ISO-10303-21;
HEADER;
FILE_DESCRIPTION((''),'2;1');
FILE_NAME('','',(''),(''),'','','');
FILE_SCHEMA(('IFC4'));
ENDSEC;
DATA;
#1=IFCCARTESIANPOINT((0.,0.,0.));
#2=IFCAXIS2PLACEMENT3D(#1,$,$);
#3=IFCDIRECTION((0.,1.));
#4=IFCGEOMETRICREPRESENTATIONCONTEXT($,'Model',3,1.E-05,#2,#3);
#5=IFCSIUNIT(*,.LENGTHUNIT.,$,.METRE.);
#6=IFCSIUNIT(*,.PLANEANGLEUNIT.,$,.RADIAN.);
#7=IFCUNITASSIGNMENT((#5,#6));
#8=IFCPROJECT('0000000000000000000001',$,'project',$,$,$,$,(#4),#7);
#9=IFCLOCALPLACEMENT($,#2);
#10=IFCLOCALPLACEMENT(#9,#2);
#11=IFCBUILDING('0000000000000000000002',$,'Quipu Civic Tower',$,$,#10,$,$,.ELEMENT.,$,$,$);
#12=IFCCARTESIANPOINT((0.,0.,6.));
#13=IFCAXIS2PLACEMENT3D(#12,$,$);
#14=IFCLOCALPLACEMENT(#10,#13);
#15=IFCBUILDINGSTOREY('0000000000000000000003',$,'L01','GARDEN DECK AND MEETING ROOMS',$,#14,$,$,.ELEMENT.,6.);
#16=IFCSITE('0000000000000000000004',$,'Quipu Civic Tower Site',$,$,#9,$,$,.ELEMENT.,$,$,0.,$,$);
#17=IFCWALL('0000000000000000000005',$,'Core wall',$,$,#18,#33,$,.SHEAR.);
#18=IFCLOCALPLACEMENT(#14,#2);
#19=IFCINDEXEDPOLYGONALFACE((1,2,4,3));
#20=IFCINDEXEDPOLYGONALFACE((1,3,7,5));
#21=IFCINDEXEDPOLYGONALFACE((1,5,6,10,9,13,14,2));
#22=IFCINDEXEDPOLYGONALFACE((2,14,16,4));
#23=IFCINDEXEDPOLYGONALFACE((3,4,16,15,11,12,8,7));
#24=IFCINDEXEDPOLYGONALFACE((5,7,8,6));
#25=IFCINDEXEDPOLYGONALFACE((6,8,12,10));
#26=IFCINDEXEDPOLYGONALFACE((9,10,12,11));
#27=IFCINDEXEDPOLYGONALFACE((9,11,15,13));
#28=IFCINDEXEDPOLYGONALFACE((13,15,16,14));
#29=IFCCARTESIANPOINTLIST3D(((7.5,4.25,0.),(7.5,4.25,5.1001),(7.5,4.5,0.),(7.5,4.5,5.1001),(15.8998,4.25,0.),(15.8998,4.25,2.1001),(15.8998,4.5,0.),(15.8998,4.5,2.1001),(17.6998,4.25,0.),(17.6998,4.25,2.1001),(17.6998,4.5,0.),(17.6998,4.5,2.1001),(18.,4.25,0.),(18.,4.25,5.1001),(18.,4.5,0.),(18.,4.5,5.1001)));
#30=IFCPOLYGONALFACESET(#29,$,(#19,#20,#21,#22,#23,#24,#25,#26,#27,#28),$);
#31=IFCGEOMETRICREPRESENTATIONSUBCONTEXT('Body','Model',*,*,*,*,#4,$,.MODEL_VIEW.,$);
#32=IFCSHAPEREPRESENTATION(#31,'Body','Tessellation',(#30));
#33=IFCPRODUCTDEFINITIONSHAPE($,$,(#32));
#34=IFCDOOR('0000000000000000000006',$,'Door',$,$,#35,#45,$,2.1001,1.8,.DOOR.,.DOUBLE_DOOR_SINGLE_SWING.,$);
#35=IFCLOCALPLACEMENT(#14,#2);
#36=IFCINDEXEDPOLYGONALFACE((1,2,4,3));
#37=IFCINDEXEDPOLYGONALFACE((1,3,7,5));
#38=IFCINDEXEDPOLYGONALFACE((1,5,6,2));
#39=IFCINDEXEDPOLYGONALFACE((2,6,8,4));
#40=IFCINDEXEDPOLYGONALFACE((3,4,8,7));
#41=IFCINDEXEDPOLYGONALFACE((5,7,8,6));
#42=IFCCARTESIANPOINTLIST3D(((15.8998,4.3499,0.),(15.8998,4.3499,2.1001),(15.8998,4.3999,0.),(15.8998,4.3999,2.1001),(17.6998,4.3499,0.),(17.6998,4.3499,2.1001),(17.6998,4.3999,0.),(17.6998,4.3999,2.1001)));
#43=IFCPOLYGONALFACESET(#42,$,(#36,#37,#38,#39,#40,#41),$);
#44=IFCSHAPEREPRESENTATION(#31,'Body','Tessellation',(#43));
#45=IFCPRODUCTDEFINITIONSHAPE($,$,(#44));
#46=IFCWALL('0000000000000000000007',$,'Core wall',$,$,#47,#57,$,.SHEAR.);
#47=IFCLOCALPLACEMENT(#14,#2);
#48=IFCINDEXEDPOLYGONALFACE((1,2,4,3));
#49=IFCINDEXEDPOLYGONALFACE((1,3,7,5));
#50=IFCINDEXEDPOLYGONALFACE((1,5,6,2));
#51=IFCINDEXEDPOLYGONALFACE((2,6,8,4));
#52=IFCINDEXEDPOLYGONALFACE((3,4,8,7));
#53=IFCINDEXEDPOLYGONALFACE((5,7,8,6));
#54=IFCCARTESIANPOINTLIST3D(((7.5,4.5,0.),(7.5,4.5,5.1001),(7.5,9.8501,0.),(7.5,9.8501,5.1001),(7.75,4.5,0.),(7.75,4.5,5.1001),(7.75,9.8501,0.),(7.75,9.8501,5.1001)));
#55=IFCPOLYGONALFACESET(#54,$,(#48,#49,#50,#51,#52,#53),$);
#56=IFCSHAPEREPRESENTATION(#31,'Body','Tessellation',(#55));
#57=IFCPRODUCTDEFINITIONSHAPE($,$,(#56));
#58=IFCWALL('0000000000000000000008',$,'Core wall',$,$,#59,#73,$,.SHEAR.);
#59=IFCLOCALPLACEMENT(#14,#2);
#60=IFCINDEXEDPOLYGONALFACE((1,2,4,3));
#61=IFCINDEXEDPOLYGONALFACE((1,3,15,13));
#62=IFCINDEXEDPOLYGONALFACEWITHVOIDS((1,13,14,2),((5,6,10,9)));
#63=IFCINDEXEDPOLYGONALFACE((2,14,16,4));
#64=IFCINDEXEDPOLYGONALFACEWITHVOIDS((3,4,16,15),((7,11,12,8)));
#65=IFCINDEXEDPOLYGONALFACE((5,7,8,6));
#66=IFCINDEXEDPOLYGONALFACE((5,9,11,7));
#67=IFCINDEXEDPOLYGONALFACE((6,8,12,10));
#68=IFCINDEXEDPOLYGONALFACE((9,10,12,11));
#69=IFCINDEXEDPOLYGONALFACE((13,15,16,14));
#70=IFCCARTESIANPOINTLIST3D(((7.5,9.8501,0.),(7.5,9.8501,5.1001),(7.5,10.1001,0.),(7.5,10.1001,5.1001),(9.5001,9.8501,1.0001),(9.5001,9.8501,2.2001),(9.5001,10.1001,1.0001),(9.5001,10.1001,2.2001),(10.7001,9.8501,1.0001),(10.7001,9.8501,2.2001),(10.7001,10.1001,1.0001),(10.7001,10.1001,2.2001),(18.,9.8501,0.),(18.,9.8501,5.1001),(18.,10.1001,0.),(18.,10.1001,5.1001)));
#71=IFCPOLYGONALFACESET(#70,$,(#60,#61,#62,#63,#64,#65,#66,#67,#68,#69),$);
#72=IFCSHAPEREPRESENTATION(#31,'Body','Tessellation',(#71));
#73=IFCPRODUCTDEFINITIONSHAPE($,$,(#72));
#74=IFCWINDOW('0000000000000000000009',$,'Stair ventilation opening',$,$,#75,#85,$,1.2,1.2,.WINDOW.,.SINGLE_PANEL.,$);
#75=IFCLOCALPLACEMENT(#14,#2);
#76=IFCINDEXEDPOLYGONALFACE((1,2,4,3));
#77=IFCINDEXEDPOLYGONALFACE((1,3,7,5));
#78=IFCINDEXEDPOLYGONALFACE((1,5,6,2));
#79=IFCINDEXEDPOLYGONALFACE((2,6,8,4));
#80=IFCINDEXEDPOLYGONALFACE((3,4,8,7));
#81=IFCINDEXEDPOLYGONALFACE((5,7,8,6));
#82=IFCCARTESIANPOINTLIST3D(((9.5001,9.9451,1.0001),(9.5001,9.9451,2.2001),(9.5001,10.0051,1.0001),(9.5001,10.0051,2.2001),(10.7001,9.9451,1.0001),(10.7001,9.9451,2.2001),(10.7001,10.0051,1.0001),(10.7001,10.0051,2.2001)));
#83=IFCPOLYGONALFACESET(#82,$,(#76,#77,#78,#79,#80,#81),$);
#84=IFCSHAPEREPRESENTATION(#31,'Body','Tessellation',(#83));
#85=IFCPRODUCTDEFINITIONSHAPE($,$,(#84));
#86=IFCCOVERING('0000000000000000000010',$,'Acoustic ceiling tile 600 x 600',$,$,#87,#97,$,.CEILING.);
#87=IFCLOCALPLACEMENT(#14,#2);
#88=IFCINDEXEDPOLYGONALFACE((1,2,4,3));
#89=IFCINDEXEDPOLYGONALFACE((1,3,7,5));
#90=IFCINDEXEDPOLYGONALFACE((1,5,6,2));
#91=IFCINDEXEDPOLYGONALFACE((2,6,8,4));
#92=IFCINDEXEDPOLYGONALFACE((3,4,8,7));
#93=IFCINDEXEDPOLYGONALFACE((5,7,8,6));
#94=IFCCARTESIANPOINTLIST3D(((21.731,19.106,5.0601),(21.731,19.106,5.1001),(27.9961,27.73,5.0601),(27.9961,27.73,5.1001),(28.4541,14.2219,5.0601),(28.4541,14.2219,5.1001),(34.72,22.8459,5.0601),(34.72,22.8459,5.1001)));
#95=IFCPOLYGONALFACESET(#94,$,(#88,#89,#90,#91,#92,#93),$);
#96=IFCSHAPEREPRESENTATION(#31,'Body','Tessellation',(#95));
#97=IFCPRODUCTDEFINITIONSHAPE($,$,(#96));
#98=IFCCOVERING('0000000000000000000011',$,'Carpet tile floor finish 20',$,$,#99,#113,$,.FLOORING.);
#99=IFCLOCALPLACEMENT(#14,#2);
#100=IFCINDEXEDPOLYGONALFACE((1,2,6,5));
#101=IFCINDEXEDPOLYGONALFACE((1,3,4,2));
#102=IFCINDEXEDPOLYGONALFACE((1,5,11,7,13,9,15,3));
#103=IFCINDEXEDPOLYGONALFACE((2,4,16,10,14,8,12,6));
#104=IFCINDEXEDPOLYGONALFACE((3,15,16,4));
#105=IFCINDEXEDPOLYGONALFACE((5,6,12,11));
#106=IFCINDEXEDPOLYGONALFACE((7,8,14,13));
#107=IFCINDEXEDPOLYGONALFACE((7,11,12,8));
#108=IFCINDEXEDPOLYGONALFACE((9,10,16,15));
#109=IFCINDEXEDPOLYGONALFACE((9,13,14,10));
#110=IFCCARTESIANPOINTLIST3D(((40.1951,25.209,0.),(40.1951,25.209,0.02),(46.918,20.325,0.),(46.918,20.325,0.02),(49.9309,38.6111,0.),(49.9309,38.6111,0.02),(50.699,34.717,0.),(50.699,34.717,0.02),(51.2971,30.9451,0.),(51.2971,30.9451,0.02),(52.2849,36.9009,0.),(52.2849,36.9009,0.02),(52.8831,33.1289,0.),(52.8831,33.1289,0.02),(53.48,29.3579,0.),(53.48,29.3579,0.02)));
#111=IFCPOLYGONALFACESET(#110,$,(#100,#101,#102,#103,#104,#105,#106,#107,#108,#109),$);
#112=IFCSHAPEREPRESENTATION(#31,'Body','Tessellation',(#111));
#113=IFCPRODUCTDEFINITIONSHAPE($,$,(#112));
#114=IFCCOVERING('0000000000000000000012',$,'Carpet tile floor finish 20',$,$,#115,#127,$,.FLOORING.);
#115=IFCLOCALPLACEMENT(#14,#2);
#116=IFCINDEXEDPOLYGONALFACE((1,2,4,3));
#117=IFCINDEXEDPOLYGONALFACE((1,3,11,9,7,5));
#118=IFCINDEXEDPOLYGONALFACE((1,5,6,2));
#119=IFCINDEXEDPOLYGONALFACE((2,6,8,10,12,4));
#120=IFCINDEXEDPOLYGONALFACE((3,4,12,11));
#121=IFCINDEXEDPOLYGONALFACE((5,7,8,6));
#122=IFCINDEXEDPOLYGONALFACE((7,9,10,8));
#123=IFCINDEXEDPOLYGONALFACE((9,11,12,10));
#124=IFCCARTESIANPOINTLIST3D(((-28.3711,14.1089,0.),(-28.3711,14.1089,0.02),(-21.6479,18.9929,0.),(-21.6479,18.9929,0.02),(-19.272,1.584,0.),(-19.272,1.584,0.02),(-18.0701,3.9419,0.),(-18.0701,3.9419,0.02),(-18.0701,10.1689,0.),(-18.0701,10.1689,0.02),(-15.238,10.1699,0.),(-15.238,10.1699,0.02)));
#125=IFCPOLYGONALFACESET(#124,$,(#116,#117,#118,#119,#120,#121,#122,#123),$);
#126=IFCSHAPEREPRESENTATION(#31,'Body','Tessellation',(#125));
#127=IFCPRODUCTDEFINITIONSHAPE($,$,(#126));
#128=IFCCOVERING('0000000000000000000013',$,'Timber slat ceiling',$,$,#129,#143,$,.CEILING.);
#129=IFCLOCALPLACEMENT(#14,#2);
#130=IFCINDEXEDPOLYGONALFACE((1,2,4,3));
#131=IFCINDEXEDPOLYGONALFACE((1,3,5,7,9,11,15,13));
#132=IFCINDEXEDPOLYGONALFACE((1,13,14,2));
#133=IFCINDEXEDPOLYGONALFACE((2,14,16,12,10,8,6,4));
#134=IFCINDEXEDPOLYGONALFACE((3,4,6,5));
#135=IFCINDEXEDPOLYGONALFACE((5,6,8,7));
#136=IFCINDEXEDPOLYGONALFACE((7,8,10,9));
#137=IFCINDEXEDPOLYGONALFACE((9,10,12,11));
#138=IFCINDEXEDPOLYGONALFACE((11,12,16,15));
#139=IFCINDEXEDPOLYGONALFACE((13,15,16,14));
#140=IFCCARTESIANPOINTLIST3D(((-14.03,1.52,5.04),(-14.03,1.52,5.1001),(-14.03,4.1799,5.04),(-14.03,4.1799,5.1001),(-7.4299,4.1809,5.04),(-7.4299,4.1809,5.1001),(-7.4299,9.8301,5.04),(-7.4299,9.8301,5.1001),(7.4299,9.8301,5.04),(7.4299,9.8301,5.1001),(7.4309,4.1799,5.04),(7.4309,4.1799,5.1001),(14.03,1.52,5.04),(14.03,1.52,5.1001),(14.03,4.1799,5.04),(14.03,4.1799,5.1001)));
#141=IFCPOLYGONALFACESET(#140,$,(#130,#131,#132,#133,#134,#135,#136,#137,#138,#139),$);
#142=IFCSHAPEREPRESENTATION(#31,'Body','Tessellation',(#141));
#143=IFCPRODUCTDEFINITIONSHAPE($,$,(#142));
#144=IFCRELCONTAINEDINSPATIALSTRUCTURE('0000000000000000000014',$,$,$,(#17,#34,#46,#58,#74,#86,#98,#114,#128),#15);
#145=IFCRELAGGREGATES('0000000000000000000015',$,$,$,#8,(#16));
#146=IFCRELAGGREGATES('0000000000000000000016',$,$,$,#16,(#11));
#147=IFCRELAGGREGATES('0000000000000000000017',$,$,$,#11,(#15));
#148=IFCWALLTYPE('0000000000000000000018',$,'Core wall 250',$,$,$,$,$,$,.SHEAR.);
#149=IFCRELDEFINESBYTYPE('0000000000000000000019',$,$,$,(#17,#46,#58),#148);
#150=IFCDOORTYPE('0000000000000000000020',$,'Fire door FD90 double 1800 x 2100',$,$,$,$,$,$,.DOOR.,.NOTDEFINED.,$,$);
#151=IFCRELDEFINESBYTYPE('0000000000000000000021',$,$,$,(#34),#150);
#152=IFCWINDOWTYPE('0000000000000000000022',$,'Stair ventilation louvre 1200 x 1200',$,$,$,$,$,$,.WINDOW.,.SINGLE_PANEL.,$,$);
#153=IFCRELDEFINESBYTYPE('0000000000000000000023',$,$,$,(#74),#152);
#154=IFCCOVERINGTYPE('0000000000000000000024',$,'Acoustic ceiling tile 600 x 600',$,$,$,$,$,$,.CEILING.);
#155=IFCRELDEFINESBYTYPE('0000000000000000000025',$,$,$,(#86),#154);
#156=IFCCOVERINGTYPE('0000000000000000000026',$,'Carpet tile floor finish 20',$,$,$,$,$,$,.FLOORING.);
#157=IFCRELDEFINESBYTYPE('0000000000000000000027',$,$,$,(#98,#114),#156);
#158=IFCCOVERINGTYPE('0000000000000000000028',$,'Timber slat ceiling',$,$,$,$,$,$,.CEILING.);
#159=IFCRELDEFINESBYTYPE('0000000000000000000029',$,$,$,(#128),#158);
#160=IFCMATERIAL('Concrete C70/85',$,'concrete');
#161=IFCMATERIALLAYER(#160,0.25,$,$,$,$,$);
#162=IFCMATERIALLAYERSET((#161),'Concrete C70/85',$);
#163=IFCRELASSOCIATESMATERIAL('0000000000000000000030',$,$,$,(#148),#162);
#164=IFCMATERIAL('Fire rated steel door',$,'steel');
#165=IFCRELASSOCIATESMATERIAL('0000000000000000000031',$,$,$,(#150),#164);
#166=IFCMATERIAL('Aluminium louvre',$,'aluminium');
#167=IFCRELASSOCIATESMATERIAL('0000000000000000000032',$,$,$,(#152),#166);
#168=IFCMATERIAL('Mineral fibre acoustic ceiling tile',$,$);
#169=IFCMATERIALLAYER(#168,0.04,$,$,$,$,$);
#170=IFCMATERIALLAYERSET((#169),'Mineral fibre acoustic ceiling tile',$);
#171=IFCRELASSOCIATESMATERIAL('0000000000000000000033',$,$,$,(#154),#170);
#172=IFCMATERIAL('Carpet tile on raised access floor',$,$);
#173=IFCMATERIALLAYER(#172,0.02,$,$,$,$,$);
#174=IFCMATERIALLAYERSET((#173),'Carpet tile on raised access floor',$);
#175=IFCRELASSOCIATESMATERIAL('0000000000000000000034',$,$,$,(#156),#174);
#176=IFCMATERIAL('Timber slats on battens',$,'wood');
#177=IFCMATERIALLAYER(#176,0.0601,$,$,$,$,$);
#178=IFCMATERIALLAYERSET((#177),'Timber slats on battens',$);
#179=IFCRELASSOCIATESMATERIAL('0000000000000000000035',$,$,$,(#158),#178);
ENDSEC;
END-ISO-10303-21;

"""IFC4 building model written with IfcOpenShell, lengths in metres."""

from ifc_helpers import new_model, si_unit, direction, frame, frame_2d, origin, place, context, subcontext, project, spatial, polyline, rectangle, outline, extrude, material, layer, layer_set, type_object, element, fill, save


model = new_model("IFC4")

# Units and contexts
model_context = context("Model", 3, precision=1e-05, world=origin(), true_north=direction((0.0, 1.0)))
body_context = subcontext(model_context, "Body", "Model", "MODEL_VIEW")
ifc_project = project(units=[si_unit("LENGTHUNIT", "METRE"), si_unit("PLANEANGLEUNIT", "RADIAN")], contexts=[model_context])

# Site, building, storey
site_placement = place(None, origin())
site = spatial("IfcSite", under=ifc_project, at=site_placement, Name="Quipu Civic Tower Site", CompositionType="ELEMENT", RefElevation=0.0)
building_placement = place(site_placement, origin())
building = spatial("IfcBuilding", under=site, at=building_placement, Name="Quipu Civic Tower", CompositionType="ELEMENT")
storey_placement = place(building_placement, frame((0.0, 0.0, 6.0)))
storey = spatial("IfcBuildingStorey", under=building, at=storey_placement, Name="L01", Description="GARDEN DECK AND MEETING ROOMS", CompositionType="ELEMENT", Elevation=6.0)

# Wall, opening, door
ifc_material_1 = material(Name="Concrete C70/85", Category="concrete")
ifc_layer_1 = layer(ifc_material_1, 0.25)
ifc_layer_set_1 = layer_set([ifc_layer_1], Name="Concrete C70/85")
wall_type_1 = type_object("IfcWallType", Name="Core wall 250", PredefinedType="SHEAR", material=ifc_layer_set_1)
wall_1_placement = place(storey_placement, frame((7.5, 4.375, 0.0), z_axis=(0.0, 0.0, 1.0), x_axis=(1.0, 0.0, 0.0)))
wall_1 = element("IfcWall", 1, at=wall_1_placement, inside=storey, type_object=wall_type_1, Name="Core wall", PredefinedType="SHEAR", context=body_context, shape_type="SweptSolid", body=[
    extrude(rectangle(XDim=10.5, YDim=0.25, at=frame_2d((5.25, 0.0))), origin(), (0.0, 0.0, 1.0), 5.1001),
])
opening_1_placement = place(wall_1_placement, frame((8.3999, 0.0, 0.0)))
opening_1 = element("IfcOpeningElement", 2, at=opening_1_placement, cuts=wall_1, PredefinedType="OPENING", context=body_context, shape_type="SweptSolid", body=[
    extrude(rectangle(XDim=1.8, YDim=2.1001, at=frame_2d((0.8999, 1.05))), frame((0.0, 0.135, 0.0), z_axis=(0.0, -1.0, 0.0), x_axis=(1.0, 0.0, 0.0)), (0.0, 0.0, 1.0), 0.27),
])
ifc_material_2 = material(Name="Fire rated steel door", Category="steel")
door_type_1 = type_object("IfcDoorType", Name="Fire door FD90 double 1800 x 2100", OperationType="NOTDEFINED", PredefinedType="DOOR", material=ifc_material_2)
door_1_placement = place(opening_1_placement, origin())
door_1 = element("IfcDoor", 3, at=door_1_placement, inside=storey, type_object=door_type_1, Name="Door", OperationType="DOUBLE_DOOR_SINGLE_SWING", OverallHeight=2.1001, OverallWidth=1.8, PredefinedType="DOOR", context=body_context, shape_type="SweptSolid", body=[
    extrude(rectangle(XDim=1.8, YDim=2.1001, at=frame_2d((0.8999, 1.05))), frame((0.0, 0.0249, 0.0), z_axis=(0.0, -1.0, 0.0), x_axis=(1.0, 0.0, 0.0)), (0.0, 0.0, 1.0), 0.05),
])
fill(opening_1, door_1)

# Wall
wall_2_placement = place(storey_placement, frame((7.625, 4.5, 0.0), z_axis=(0.0, 0.0, 1.0), x_axis=(0.0, 1.0, 0.0)))
element("IfcWall", 4, at=wall_2_placement, inside=storey, type_object=wall_type_1, Name="Core wall", PredefinedType="SHEAR", context=body_context, shape_type="SweptSolid", body=[
    extrude(rectangle(XDim=5.3501, YDim=0.25, at=frame_2d((2.675, 0.0))), origin(), (0.0, 0.0, 1.0), 5.1001),
])

# Wall, opening, window
wall_3_placement = place(storey_placement, frame((7.5, 9.9751, 0.0), z_axis=(0.0, 0.0, 1.0), x_axis=(1.0, 0.0, 0.0)))
wall_3 = element("IfcWall", 5, at=wall_3_placement, inside=storey, type_object=wall_type_1, Name="Core wall", PredefinedType="SHEAR", context=body_context, shape_type="SweptSolid", body=[
    extrude(rectangle(XDim=10.5, YDim=0.25, at=frame_2d((5.25, 0.0))), origin(), (0.0, 0.0, 1.0), 5.1001),
])
opening_2_placement = place(wall_3_placement, frame((2.0, 0.0, 1.0)))
opening_2 = element("IfcOpeningElement", 6, at=opening_2_placement, cuts=wall_3, PredefinedType="OPENING", context=body_context, shape_type="SweptSolid", body=[
    extrude(rectangle(XDim=1.2, YDim=1.2, at=frame_2d((0.6001, 0.6001))), frame((0.0, 0.135, 0.0), z_axis=(0.0, -1.0, 0.0), x_axis=(1.0, 0.0, 0.0)), (0.0, 0.0, 1.0), 0.27),
])
ifc_material_3 = material(Name="Aluminium louvre", Category="aluminium")
window_type = type_object("IfcWindowType", Name="Stair ventilation louvre 1200 x 1200", PartitioningType="SINGLE_PANEL", PredefinedType="WINDOW", material=ifc_material_3)
window_placement = place(opening_2_placement, origin())
window = element("IfcWindow", 7, at=window_placement, inside=storey, type_object=window_type, Name="Stair ventilation opening", OverallHeight=1.2, OverallWidth=1.2, PartitioningType="SINGLE_PANEL", PredefinedType="WINDOW", context=body_context, shape_type="SweptSolid", body=[
    extrude(rectangle(XDim=1.2, YDim=1.2, at=frame_2d((0.6001, 0.6001))), frame((0.0, 0.03, 0.0), z_axis=(0.0, -1.0, 0.0), x_axis=(1.0, 0.0, 0.0)), (0.0, 0.0, 1.0), 0.0601),
])
fill(opening_2, window)

# Coverings
ifc_material_4 = material(Name="Mineral fibre acoustic ceiling tile")
ifc_layer_2 = layer(ifc_material_4, 0.04)
ifc_layer_set_2 = layer_set([ifc_layer_2], Name="Mineral fibre acoustic ceiling tile")
covering_type_1 = type_object("IfcCoveringType", Name="Acoustic ceiling tile 600 x 600", PredefinedType="CEILING", material=ifc_layer_set_2)
covering_1_placement = place(storey_placement, frame((0.0, 0.0, 5.0601)))
element("IfcCovering", 8, at=covering_1_placement, inside=storey, type_object=covering_type_1, Name="Acoustic ceiling tile 600 x 600", PredefinedType="CEILING", context=body_context, shape_type="SweptSolid", body=[
    extrude(outline(polyline([(21.731, 19.106), (27.9961, 27.73), (34.72, 22.8459), (28.4541, 14.2219), (21.731, 19.106)])), origin(), (0.0, 0.0, 1.0), 0.04),
])
ifc_material_5 = material(Name="Carpet tile on raised access floor")
ifc_layer_3 = layer(ifc_material_5, 0.02)
ifc_layer_set_3 = layer_set([ifc_layer_3], Name="Carpet tile on raised access floor")
covering_type_2 = type_object("IfcCoveringType", Name="Carpet tile floor finish 20", PredefinedType="FLOORING", material=ifc_layer_set_3)
covering_2_placement = place(storey_placement, origin())
element("IfcCovering", 9, at=covering_2_placement, inside=storey, type_object=covering_type_2, Name="Carpet tile floor finish 20", PredefinedType="FLOORING", context=body_context, shape_type="SweptSolid", body=[
    extrude(outline(polyline([(40.1951, 25.209), (49.9309, 38.6111), (52.2849, 36.9009), (50.699, 34.717), (52.8831, 33.1289), (51.2971, 30.9451), (53.48, 29.3579), (46.918, 20.325), (40.1951, 25.209)])), origin(), (0.0, 0.0, 1.0), 0.02),
])
covering_3_placement = place(storey_placement, origin())
element("IfcCovering", 10, at=covering_3_placement, inside=storey, type_object=covering_type_2, Name="Carpet tile floor finish 20", PredefinedType="FLOORING", context=body_context, shape_type="SweptSolid", body=[
    extrude(outline(polyline([(-28.3711, 14.1089), (-21.6479, 18.9929), (-15.238, 10.1699), (-18.0701, 10.1689), (-18.0701, 3.9419), (-19.272, 1.584), (-28.3711, 14.1089)])), origin(), (0.0, 0.0, 1.0), 0.02),
])
ifc_material_6 = material(Name="Timber slats on battens", Category="wood")
ifc_layer_4 = layer(ifc_material_6, 0.0601)
ifc_layer_set_4 = layer_set([ifc_layer_4], Name="Timber slats on battens")
covering_type_3 = type_object("IfcCoveringType", Name="Timber slat ceiling", PredefinedType="CEILING", material=ifc_layer_set_4)
covering_4_placement = place(storey_placement, frame((0.0, 0.0, 5.04)))
element("IfcCovering", 11, at=covering_4_placement, inside=storey, type_object=covering_type_3, Name="Timber slat ceiling", PredefinedType="CEILING", context=body_context, shape_type="SweptSolid", body=[
    extrude(outline(polyline([(-14.03, 1.52), (-14.03, 4.1799), (-7.4299, 4.1809), (-7.4299, 9.8301), (7.4299, 9.8301), (7.4309, 4.1799), (14.03, 4.1799), (14.03, 1.52), (-14.03, 1.52)])), origin(), (0.0, 0.0, 1.0), 0.0601),
])

save(model, "model.ifc")
